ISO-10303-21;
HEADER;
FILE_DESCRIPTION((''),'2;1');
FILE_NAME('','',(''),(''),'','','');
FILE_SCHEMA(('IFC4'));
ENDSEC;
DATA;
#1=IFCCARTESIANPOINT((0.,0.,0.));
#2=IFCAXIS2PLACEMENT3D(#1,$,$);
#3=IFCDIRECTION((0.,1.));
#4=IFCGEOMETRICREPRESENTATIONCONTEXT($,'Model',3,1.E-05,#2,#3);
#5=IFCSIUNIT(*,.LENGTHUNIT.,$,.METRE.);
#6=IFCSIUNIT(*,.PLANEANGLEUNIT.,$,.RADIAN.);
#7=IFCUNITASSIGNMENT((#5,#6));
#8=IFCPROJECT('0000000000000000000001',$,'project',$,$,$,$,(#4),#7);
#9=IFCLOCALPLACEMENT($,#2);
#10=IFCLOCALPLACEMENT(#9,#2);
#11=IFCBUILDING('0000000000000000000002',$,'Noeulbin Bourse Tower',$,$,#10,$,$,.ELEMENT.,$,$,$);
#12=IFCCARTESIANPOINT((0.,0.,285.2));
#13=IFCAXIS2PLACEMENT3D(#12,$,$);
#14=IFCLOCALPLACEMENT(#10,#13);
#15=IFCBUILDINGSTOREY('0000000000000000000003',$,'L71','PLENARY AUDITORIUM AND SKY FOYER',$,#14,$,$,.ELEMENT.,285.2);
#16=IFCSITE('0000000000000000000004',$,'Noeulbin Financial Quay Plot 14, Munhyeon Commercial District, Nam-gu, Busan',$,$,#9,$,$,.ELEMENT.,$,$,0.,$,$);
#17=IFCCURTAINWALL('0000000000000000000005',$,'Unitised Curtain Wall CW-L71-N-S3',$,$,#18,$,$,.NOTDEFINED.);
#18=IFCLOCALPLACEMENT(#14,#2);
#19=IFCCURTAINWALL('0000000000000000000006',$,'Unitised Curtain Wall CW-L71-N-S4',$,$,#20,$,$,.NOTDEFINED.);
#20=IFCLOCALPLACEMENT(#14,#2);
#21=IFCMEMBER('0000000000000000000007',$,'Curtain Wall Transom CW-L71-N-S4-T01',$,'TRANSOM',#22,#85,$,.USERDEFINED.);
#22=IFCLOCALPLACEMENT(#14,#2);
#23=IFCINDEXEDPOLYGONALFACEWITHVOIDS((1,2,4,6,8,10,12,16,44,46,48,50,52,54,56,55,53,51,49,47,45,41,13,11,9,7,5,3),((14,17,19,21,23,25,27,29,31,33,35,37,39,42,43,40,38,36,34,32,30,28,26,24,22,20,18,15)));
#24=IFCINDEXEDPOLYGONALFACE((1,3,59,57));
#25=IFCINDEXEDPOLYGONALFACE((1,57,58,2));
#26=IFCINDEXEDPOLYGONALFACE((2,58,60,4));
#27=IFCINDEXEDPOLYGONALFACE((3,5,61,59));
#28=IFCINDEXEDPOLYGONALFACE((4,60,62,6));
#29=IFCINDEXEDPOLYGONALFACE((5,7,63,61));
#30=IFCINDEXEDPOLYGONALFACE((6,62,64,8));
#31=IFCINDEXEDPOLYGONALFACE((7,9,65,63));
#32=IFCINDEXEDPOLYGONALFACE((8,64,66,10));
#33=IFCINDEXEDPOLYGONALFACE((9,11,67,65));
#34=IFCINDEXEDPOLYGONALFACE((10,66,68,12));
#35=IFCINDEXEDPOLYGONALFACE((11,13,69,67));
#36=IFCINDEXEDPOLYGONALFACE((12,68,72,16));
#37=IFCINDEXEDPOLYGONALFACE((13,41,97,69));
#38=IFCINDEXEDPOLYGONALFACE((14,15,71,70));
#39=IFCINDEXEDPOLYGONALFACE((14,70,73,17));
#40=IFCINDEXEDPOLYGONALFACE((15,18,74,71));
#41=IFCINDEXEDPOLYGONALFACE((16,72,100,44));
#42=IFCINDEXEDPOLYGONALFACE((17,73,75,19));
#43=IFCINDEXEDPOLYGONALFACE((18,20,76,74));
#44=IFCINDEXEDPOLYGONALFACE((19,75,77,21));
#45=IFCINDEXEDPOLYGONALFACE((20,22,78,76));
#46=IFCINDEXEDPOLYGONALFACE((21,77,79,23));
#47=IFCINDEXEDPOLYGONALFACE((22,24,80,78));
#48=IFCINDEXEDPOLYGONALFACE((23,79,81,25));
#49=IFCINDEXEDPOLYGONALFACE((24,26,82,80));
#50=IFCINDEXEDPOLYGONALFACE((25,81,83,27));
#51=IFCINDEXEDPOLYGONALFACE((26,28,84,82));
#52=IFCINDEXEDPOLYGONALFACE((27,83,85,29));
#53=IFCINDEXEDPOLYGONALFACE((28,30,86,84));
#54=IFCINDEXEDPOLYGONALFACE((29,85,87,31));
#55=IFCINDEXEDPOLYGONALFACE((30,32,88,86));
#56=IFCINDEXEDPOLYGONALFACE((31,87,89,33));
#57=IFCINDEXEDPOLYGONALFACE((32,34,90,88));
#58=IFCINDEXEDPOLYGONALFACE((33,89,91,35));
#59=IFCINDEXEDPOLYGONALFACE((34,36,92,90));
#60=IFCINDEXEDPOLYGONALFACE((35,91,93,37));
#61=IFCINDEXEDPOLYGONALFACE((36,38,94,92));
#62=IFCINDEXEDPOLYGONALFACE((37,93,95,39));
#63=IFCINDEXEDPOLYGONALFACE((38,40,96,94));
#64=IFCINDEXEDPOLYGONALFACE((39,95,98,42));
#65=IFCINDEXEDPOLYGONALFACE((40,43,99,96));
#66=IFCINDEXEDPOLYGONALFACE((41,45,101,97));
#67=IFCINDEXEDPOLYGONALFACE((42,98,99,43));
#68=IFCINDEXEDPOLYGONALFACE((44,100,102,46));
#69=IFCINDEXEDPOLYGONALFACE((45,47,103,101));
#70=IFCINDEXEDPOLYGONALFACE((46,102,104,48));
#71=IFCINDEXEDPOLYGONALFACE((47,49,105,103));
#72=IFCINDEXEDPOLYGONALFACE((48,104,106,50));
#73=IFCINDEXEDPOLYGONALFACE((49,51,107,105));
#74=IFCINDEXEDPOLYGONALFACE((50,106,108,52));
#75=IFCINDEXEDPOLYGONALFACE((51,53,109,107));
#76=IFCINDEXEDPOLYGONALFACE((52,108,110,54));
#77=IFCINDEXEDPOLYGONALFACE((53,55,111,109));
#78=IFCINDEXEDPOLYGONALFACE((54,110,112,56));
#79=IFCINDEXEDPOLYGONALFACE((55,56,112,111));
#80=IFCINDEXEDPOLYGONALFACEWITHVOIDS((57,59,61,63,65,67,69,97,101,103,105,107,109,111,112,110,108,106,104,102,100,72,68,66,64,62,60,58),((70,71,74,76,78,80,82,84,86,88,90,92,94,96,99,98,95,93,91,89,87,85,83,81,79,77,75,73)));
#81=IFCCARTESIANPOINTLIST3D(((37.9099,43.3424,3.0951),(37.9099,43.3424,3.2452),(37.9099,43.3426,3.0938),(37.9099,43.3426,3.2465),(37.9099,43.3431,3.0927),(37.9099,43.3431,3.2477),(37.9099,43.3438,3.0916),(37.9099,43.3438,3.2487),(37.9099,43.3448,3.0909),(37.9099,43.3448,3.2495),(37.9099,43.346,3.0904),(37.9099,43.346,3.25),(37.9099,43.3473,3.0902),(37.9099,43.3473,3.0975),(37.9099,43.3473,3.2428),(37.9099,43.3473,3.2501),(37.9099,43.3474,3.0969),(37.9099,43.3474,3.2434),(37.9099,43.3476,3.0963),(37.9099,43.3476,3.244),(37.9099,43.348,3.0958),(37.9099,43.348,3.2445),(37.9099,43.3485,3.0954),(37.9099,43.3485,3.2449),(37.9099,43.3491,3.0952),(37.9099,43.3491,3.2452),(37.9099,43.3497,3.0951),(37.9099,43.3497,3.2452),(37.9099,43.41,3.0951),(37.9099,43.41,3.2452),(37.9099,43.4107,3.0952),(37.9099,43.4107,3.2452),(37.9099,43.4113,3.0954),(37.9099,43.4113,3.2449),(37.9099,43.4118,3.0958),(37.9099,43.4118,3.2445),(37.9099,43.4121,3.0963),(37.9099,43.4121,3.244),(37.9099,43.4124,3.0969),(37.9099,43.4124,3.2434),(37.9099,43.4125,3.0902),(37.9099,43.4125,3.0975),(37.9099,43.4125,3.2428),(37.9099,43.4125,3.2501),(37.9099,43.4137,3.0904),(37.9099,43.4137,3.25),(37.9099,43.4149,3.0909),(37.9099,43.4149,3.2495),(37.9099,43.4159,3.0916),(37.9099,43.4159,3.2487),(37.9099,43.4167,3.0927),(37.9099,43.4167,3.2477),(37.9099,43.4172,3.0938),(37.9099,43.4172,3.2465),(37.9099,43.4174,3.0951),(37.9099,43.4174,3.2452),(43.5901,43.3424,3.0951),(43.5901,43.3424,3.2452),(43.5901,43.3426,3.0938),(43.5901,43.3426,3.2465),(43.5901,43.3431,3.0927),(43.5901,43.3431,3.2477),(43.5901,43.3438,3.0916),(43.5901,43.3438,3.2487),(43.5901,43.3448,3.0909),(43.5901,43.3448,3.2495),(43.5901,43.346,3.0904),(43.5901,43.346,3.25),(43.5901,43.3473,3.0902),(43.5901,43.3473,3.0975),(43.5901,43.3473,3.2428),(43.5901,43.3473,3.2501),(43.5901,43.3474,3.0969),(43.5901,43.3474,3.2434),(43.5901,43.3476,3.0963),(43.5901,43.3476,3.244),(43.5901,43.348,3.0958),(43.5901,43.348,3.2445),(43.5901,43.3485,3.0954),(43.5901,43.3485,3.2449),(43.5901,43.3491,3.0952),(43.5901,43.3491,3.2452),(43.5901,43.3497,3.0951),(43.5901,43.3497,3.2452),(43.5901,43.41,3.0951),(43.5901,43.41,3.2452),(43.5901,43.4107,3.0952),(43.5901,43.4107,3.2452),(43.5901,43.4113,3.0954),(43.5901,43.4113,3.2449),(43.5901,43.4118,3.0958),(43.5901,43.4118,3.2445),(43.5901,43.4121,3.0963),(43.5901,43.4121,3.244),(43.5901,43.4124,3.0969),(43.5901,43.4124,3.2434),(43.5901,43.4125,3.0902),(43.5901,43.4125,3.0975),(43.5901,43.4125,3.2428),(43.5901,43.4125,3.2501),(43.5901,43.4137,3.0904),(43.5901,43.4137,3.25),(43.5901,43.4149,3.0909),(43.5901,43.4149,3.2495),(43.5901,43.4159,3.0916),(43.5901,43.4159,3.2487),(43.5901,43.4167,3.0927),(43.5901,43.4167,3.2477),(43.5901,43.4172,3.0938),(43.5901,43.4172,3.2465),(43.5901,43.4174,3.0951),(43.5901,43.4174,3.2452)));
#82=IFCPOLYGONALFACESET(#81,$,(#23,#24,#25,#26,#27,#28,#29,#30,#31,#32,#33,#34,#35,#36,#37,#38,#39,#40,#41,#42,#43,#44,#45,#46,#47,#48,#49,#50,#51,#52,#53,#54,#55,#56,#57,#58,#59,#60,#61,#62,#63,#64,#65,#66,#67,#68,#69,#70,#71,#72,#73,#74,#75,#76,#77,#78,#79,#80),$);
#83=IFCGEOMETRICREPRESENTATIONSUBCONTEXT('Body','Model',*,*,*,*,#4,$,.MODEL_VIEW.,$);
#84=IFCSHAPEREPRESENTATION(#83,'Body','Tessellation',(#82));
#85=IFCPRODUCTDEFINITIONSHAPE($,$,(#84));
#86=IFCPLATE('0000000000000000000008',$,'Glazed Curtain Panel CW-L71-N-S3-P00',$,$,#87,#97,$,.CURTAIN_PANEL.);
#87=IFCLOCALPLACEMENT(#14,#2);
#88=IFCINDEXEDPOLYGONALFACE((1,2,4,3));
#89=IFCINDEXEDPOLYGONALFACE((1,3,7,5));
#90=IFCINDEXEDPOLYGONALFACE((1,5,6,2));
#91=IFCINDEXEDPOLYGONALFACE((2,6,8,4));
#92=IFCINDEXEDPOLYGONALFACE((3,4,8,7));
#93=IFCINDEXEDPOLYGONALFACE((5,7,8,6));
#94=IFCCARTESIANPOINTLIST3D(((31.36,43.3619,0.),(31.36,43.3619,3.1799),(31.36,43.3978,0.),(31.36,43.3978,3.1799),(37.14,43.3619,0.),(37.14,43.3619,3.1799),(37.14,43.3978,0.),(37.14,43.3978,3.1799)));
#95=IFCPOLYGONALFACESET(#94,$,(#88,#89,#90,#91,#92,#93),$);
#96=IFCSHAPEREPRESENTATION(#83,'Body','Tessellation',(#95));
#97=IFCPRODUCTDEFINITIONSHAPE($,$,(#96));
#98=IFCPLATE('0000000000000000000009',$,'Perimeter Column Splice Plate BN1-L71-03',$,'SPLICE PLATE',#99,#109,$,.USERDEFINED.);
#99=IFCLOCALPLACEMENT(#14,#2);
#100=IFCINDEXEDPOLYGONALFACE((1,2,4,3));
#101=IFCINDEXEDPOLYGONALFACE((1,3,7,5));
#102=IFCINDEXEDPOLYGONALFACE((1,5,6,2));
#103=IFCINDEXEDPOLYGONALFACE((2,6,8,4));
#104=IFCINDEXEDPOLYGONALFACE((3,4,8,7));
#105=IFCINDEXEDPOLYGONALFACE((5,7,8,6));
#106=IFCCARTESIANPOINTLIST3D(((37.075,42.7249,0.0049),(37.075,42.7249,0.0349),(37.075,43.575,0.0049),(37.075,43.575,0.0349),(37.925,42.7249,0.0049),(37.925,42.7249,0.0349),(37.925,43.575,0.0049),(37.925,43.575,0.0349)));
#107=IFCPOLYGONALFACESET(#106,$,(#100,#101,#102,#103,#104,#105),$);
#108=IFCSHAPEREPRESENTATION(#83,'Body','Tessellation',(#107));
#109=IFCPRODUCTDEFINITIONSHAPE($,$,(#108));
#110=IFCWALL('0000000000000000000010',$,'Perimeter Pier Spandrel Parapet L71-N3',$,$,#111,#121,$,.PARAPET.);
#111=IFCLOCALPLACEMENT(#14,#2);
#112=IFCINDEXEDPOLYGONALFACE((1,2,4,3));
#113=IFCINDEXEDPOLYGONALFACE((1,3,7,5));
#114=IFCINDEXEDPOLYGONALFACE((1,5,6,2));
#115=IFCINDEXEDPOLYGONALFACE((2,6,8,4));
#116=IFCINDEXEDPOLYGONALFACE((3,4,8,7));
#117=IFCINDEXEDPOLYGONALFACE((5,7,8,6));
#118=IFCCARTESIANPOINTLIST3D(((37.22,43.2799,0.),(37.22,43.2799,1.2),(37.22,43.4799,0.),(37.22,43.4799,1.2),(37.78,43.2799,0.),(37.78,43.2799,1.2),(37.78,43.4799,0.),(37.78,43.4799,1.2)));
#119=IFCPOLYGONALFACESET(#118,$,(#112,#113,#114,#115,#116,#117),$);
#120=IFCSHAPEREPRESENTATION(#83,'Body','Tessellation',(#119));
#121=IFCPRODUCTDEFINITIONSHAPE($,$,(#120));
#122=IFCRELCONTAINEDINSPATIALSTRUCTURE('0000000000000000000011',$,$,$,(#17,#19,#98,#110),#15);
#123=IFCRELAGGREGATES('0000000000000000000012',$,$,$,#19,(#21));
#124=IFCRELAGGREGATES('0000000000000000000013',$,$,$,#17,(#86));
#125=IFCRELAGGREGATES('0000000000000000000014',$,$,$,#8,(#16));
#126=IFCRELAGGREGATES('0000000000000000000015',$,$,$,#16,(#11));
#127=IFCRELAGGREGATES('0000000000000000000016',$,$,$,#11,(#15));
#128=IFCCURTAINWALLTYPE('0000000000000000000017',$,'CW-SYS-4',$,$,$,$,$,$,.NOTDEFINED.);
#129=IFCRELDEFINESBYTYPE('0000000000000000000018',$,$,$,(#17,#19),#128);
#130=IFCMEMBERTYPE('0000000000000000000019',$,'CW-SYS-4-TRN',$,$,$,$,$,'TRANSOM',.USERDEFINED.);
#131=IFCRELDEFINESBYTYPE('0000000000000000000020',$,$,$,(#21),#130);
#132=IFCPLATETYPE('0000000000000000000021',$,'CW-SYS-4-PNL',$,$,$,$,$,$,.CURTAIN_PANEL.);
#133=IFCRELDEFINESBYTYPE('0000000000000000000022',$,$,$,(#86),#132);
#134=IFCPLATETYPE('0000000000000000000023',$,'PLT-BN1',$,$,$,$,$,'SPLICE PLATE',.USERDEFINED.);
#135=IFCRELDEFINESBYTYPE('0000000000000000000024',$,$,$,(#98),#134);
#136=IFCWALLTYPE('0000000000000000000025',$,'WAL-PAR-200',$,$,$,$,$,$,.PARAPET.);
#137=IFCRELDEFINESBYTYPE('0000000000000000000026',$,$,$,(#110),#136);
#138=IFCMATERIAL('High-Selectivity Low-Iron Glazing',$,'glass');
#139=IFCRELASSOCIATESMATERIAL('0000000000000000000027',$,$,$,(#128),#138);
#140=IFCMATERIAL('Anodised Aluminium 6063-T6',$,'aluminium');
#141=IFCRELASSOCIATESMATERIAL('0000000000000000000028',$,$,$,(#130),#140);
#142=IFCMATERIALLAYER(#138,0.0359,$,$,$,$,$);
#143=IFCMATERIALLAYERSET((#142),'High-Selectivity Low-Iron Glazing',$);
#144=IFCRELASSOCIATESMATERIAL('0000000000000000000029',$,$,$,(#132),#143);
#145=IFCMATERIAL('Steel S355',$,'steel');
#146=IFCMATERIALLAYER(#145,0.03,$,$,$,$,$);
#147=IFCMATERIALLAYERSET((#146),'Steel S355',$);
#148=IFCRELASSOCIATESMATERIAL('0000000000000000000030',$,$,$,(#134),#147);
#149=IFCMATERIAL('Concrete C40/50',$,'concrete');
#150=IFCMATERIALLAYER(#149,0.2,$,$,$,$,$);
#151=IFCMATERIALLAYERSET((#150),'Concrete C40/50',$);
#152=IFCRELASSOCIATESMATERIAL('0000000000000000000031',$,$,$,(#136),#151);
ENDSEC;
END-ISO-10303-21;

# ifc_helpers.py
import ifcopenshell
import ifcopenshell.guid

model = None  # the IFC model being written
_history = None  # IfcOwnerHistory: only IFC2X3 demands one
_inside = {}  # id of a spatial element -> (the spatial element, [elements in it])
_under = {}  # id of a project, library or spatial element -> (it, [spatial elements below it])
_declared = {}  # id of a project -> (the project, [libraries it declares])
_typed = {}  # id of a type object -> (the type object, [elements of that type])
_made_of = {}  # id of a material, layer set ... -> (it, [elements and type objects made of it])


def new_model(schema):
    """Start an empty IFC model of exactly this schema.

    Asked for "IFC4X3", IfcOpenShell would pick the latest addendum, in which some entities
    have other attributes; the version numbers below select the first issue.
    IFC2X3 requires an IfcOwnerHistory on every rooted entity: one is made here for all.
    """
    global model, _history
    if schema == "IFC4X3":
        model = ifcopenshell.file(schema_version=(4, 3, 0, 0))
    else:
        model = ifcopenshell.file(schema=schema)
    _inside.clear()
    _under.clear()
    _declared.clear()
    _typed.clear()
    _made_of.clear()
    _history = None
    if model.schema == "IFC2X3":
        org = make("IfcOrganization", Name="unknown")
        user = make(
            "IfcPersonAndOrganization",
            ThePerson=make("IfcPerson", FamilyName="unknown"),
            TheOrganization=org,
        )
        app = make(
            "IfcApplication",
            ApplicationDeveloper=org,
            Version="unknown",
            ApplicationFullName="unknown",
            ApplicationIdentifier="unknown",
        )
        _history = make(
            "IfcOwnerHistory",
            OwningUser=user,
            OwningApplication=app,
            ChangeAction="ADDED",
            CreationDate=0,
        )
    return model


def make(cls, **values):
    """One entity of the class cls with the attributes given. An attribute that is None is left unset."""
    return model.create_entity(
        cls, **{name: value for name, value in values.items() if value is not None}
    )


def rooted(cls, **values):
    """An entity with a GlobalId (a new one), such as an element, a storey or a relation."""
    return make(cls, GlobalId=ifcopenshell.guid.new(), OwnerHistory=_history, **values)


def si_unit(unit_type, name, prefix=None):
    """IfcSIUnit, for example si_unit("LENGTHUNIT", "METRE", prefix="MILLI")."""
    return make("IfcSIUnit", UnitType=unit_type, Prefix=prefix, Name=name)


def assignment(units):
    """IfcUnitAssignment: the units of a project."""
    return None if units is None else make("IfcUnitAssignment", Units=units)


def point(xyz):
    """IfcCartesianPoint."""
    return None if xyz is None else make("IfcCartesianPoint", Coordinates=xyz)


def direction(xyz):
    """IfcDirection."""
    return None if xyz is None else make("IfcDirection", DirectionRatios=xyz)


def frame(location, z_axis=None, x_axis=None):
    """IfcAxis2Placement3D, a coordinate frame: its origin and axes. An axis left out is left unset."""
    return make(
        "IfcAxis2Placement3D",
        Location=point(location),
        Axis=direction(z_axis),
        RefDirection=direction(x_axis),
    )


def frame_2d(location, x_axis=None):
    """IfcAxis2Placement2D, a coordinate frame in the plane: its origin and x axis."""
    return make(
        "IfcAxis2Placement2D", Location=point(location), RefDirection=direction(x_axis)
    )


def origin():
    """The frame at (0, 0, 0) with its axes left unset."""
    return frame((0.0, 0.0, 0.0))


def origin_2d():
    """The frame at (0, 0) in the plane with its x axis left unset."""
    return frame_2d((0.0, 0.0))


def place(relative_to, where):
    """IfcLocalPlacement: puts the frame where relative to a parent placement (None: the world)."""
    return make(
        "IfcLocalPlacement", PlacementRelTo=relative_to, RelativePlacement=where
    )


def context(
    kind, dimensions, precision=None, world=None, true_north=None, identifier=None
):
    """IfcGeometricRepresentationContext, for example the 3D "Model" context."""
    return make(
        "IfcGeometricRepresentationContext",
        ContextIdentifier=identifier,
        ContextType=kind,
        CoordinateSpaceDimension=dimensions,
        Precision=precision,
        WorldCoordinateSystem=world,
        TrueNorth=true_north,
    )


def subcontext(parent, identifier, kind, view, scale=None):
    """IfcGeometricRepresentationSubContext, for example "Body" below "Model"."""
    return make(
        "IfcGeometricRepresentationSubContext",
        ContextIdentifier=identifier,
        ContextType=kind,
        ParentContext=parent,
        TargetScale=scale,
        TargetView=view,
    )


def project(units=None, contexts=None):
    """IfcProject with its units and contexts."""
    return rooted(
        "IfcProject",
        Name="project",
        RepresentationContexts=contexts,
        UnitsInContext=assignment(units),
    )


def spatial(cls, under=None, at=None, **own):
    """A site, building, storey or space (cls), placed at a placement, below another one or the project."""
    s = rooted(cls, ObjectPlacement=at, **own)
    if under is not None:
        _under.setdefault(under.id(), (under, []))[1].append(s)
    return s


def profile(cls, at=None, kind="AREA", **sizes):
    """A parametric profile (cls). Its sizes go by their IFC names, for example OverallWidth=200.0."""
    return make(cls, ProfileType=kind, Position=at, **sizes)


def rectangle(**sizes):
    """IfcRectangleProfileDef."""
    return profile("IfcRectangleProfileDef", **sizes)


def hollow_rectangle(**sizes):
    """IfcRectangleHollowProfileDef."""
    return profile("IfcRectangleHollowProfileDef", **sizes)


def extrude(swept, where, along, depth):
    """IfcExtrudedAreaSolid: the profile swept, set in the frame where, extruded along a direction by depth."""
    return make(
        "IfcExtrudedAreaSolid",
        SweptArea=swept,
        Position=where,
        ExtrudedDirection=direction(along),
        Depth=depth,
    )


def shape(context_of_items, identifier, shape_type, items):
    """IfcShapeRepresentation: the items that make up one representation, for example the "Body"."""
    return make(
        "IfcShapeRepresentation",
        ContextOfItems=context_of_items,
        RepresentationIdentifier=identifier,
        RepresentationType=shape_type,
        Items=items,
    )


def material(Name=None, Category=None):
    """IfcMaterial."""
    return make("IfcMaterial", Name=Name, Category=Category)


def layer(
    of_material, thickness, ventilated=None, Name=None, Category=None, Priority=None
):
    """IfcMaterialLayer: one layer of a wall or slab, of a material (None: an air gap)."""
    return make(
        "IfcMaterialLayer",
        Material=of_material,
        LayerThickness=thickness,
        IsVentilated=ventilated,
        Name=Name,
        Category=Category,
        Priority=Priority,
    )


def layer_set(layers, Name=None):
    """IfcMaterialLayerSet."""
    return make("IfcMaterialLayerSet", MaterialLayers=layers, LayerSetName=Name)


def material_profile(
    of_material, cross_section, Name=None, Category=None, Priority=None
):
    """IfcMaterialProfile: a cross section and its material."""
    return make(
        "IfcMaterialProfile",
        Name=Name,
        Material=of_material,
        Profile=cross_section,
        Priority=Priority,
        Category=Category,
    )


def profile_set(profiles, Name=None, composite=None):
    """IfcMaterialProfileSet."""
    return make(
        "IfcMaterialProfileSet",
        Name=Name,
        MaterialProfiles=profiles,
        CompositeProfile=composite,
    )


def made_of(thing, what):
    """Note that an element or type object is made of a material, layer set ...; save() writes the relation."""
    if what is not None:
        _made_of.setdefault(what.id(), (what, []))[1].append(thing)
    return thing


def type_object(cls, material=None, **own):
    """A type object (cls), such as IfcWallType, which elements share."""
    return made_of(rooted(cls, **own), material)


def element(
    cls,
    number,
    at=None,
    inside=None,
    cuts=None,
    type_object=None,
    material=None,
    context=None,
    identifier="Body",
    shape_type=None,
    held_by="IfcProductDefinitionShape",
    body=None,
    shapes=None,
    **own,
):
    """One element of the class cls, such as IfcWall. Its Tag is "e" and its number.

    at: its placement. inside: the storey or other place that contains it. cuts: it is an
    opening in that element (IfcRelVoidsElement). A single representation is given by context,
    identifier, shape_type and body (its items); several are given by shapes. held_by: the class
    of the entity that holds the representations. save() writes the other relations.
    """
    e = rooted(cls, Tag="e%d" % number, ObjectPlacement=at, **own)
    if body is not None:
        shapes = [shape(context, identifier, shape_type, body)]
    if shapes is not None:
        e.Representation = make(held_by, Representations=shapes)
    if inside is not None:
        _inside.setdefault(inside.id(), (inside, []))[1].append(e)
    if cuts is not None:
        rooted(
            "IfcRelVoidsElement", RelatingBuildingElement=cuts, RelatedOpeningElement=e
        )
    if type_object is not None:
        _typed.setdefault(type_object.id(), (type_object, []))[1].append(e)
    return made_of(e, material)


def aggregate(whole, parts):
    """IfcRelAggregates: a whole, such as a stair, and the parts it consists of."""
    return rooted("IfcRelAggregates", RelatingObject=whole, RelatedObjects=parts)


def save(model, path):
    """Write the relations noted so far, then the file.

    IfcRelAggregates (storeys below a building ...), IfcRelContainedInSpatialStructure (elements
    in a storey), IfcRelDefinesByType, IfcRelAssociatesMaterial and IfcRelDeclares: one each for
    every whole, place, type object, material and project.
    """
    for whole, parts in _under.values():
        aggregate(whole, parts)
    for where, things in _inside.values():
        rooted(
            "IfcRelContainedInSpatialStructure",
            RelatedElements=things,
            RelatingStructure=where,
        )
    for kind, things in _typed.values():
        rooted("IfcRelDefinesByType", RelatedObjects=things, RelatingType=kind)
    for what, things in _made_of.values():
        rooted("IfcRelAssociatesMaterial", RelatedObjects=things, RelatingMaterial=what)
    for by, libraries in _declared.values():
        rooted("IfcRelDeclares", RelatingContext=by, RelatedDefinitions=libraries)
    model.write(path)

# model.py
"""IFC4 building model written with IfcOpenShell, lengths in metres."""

from ifc_helpers import new_model, si_unit, direction, frame, frame_2d, origin, origin_2d, place, context, subcontext, project, spatial, rectangle, hollow_rectangle, extrude, material, layer, layer_set, material_profile, profile_set, type_object, element, aggregate, save


model = new_model("IFC4")

# Units and contexts
model_context = context("Model", 3, precision=1e-05, world=origin(), true_north=direction((0.0, 1.0)))
body_context = subcontext(model_context, "Body", "Model", "MODEL_VIEW")
ifc_project = project(units=[si_unit("LENGTHUNIT", "METRE"), si_unit("PLANEANGLEUNIT", "RADIAN")], contexts=[model_context])

# Site, building, storey
site_placement = place(None, origin())
site = spatial("IfcSite", under=ifc_project, at=site_placement, Name="Noeulbin Financial Quay Plot 14, Munhyeon Commercial District, Nam-gu, Busan", CompositionType="ELEMENT", RefElevation=0.0)
building_placement = place(site_placement, origin())
building = spatial("IfcBuilding", under=site, at=building_placement, Name="Noeulbin Bourse Tower", CompositionType="ELEMENT")
storey_placement = place(building_placement, frame((0.0, 0.0, 285.2)))
storey = spatial("IfcBuildingStorey", under=building, at=storey_placement, Name="L71", Description="PLENARY AUDITORIUM AND SKY FOYER", CompositionType="ELEMENT", Elevation=285.2)

# Shared definitions
ifc_material_1 = material(Name="Steel S355", Category="steel")

# Curtain wall
ifc_material_2 = material(Name="High-Selectivity Low-Iron Glazing", Category="glass")
curtain_wall_type = type_object("IfcCurtainWallType", Name="CW-SYS-4", PredefinedType="NOTDEFINED", material=ifc_material_2)
curtain_wall_1_placement = place(storey_placement, origin())
curtain_wall_1 = element("IfcCurtainWall", 1, at=curtain_wall_1_placement, inside=storey, type_object=curtain_wall_type, Name="Unitised Curtain Wall CW-L71-N-S3", PredefinedType="NOTDEFINED")
ifc_material_3 = material(Name="Anodised Aluminium 6063-T6", Category="aluminium")

# Curtain wall
curtain_wall_2_placement = place(storey_placement, origin())
curtain_wall_2 = element("IfcCurtainWall", 2, at=curtain_wall_2_placement, inside=storey, type_object=curtain_wall_type, Name="Unitised Curtain Wall CW-L71-N-S4", PredefinedType="NOTDEFINED")

# Member
ifc_material_profile_1 = material_profile(ifc_material_3, hollow_rectangle(XDim=0.075, YDim=0.1599, WallThickness=0.0049, InnerFilletRadius=0.0024, OuterFilletRadius=0.0049, at=origin_2d()), Name="ALU-TRAN-75x160x5", Category="LoadBearing")
ifc_profile_set_1 = profile_set([ifc_material_profile_1], Name="Anodised Aluminium 6063-T6")
member_type_1 = type_object("IfcMemberType", Name="CW-SYS-4-TRN", ElementType="TRANSOM", PredefinedType="USERDEFINED", material=ifc_profile_set_1)
member_1_placement = place(storey_placement, frame((37.9099, 43.3799, 3.1702), z_axis=(1.0, 0.0, 0.0), x_axis=(0.0, 1.0, 0.0)))
member_1 = element("IfcMember", 3, at=member_1_placement, type_object=member_type_1, Name="Curtain Wall Transom CW-L71-N-S4-T01", ObjectType="TRANSOM", PredefinedType="USERDEFINED", context=body_context, shape_type="SweptSolid", body=[
    extrude(hollow_rectangle(XDim=0.075, YDim=0.1599, WallThickness=0.0049, InnerFilletRadius=0.0024, OuterFilletRadius=0.0049, at=origin_2d()), origin(), (0.0, 0.0, 1.0), 5.6802),
])
aggregate(curtain_wall_2, [member_1])

# Plates
ifc_layer_1 = layer(ifc_material_2, 0.0359)
ifc_layer_set_1 = layer_set([ifc_layer_1], Name="High-Selectivity Low-Iron Glazing")
plate_type_1 = type_object("IfcPlateType", Name="CW-SYS-4-PNL", PredefinedType="CURTAIN_PANEL", material=ifc_layer_set_1)
plate_1_placement = place(storey_placement, frame((34.25, 43.3799, 0.0), z_axis=(0.0, 0.0, 1.0), x_axis=(1.0, 0.0, 0.0)))
plate_1 = element("IfcPlate", 4, at=plate_1_placement, type_object=plate_type_1, Name="Glazed Curtain Panel CW-L71-N-S3-P00", PredefinedType="CURTAIN_PANEL", context=body_context, shape_type="SweptSolid", body=[
    extrude(rectangle(XDim=5.78, YDim=0.0359, at=origin_2d()), origin(), (0.0, 0.0, 1.0), 3.1799),
])
aggregate(curtain_wall_1, [plate_1])
ifc_layer_2 = layer(ifc_material_1, 0.03)
ifc_layer_set_2 = layer_set([ifc_layer_2], Name="Steel S355")
plate_type_2 = type_object("IfcPlateType", Name="PLT-BN1", ElementType="SPLICE PLATE", PredefinedType="USERDEFINED", material=ifc_layer_set_2)
plate_2_placement = place(storey_placement, frame((37.5, 43.1499, 0.0049), z_axis=(0.0, 0.0, 1.0), x_axis=(1.0, 0.0, 0.0)))
element("IfcPlate", 5, at=plate_2_placement, inside=storey, type_object=plate_type_2, Name="Perimeter Column Splice Plate BN1-L71-03", ObjectType="SPLICE PLATE", PredefinedType="USERDEFINED", context=body_context, shape_type="SweptSolid", body=[
    extrude(rectangle(XDim=0.8501, YDim=0.8501, at=origin_2d()), origin(), (0.0, 0.0, 1.0), 0.03),
])

# Wall
ifc_material_4 = material(Name="Concrete C40/50", Category="concrete")
ifc_layer_3 = layer(ifc_material_4, 0.2)
ifc_layer_set_3 = layer_set([ifc_layer_3], Name="Concrete C40/50")
wall_type = type_object("IfcWallType", Name="WAL-PAR-200", PredefinedType="PARAPET", material=ifc_layer_set_3)
wall_placement = place(storey_placement, frame((37.22, 43.3799, 0.0), z_axis=(0.0, 0.0, 1.0), x_axis=(1.0, 0.0, 0.0)))
element("IfcWall", 6, at=wall_placement, inside=storey, type_object=wall_type, Name="Perimeter Pier Spandrel Parapet L71-N3", PredefinedType="PARAPET", context=body_context, shape_type="SweptSolid", body=[
    extrude(rectangle(XDim=0.5601, YDim=0.2, at=frame_2d((0.28, 0.0))), origin(), (0.0, 0.0, 1.0), 1.2),
])

save(model, "model.ifc")
